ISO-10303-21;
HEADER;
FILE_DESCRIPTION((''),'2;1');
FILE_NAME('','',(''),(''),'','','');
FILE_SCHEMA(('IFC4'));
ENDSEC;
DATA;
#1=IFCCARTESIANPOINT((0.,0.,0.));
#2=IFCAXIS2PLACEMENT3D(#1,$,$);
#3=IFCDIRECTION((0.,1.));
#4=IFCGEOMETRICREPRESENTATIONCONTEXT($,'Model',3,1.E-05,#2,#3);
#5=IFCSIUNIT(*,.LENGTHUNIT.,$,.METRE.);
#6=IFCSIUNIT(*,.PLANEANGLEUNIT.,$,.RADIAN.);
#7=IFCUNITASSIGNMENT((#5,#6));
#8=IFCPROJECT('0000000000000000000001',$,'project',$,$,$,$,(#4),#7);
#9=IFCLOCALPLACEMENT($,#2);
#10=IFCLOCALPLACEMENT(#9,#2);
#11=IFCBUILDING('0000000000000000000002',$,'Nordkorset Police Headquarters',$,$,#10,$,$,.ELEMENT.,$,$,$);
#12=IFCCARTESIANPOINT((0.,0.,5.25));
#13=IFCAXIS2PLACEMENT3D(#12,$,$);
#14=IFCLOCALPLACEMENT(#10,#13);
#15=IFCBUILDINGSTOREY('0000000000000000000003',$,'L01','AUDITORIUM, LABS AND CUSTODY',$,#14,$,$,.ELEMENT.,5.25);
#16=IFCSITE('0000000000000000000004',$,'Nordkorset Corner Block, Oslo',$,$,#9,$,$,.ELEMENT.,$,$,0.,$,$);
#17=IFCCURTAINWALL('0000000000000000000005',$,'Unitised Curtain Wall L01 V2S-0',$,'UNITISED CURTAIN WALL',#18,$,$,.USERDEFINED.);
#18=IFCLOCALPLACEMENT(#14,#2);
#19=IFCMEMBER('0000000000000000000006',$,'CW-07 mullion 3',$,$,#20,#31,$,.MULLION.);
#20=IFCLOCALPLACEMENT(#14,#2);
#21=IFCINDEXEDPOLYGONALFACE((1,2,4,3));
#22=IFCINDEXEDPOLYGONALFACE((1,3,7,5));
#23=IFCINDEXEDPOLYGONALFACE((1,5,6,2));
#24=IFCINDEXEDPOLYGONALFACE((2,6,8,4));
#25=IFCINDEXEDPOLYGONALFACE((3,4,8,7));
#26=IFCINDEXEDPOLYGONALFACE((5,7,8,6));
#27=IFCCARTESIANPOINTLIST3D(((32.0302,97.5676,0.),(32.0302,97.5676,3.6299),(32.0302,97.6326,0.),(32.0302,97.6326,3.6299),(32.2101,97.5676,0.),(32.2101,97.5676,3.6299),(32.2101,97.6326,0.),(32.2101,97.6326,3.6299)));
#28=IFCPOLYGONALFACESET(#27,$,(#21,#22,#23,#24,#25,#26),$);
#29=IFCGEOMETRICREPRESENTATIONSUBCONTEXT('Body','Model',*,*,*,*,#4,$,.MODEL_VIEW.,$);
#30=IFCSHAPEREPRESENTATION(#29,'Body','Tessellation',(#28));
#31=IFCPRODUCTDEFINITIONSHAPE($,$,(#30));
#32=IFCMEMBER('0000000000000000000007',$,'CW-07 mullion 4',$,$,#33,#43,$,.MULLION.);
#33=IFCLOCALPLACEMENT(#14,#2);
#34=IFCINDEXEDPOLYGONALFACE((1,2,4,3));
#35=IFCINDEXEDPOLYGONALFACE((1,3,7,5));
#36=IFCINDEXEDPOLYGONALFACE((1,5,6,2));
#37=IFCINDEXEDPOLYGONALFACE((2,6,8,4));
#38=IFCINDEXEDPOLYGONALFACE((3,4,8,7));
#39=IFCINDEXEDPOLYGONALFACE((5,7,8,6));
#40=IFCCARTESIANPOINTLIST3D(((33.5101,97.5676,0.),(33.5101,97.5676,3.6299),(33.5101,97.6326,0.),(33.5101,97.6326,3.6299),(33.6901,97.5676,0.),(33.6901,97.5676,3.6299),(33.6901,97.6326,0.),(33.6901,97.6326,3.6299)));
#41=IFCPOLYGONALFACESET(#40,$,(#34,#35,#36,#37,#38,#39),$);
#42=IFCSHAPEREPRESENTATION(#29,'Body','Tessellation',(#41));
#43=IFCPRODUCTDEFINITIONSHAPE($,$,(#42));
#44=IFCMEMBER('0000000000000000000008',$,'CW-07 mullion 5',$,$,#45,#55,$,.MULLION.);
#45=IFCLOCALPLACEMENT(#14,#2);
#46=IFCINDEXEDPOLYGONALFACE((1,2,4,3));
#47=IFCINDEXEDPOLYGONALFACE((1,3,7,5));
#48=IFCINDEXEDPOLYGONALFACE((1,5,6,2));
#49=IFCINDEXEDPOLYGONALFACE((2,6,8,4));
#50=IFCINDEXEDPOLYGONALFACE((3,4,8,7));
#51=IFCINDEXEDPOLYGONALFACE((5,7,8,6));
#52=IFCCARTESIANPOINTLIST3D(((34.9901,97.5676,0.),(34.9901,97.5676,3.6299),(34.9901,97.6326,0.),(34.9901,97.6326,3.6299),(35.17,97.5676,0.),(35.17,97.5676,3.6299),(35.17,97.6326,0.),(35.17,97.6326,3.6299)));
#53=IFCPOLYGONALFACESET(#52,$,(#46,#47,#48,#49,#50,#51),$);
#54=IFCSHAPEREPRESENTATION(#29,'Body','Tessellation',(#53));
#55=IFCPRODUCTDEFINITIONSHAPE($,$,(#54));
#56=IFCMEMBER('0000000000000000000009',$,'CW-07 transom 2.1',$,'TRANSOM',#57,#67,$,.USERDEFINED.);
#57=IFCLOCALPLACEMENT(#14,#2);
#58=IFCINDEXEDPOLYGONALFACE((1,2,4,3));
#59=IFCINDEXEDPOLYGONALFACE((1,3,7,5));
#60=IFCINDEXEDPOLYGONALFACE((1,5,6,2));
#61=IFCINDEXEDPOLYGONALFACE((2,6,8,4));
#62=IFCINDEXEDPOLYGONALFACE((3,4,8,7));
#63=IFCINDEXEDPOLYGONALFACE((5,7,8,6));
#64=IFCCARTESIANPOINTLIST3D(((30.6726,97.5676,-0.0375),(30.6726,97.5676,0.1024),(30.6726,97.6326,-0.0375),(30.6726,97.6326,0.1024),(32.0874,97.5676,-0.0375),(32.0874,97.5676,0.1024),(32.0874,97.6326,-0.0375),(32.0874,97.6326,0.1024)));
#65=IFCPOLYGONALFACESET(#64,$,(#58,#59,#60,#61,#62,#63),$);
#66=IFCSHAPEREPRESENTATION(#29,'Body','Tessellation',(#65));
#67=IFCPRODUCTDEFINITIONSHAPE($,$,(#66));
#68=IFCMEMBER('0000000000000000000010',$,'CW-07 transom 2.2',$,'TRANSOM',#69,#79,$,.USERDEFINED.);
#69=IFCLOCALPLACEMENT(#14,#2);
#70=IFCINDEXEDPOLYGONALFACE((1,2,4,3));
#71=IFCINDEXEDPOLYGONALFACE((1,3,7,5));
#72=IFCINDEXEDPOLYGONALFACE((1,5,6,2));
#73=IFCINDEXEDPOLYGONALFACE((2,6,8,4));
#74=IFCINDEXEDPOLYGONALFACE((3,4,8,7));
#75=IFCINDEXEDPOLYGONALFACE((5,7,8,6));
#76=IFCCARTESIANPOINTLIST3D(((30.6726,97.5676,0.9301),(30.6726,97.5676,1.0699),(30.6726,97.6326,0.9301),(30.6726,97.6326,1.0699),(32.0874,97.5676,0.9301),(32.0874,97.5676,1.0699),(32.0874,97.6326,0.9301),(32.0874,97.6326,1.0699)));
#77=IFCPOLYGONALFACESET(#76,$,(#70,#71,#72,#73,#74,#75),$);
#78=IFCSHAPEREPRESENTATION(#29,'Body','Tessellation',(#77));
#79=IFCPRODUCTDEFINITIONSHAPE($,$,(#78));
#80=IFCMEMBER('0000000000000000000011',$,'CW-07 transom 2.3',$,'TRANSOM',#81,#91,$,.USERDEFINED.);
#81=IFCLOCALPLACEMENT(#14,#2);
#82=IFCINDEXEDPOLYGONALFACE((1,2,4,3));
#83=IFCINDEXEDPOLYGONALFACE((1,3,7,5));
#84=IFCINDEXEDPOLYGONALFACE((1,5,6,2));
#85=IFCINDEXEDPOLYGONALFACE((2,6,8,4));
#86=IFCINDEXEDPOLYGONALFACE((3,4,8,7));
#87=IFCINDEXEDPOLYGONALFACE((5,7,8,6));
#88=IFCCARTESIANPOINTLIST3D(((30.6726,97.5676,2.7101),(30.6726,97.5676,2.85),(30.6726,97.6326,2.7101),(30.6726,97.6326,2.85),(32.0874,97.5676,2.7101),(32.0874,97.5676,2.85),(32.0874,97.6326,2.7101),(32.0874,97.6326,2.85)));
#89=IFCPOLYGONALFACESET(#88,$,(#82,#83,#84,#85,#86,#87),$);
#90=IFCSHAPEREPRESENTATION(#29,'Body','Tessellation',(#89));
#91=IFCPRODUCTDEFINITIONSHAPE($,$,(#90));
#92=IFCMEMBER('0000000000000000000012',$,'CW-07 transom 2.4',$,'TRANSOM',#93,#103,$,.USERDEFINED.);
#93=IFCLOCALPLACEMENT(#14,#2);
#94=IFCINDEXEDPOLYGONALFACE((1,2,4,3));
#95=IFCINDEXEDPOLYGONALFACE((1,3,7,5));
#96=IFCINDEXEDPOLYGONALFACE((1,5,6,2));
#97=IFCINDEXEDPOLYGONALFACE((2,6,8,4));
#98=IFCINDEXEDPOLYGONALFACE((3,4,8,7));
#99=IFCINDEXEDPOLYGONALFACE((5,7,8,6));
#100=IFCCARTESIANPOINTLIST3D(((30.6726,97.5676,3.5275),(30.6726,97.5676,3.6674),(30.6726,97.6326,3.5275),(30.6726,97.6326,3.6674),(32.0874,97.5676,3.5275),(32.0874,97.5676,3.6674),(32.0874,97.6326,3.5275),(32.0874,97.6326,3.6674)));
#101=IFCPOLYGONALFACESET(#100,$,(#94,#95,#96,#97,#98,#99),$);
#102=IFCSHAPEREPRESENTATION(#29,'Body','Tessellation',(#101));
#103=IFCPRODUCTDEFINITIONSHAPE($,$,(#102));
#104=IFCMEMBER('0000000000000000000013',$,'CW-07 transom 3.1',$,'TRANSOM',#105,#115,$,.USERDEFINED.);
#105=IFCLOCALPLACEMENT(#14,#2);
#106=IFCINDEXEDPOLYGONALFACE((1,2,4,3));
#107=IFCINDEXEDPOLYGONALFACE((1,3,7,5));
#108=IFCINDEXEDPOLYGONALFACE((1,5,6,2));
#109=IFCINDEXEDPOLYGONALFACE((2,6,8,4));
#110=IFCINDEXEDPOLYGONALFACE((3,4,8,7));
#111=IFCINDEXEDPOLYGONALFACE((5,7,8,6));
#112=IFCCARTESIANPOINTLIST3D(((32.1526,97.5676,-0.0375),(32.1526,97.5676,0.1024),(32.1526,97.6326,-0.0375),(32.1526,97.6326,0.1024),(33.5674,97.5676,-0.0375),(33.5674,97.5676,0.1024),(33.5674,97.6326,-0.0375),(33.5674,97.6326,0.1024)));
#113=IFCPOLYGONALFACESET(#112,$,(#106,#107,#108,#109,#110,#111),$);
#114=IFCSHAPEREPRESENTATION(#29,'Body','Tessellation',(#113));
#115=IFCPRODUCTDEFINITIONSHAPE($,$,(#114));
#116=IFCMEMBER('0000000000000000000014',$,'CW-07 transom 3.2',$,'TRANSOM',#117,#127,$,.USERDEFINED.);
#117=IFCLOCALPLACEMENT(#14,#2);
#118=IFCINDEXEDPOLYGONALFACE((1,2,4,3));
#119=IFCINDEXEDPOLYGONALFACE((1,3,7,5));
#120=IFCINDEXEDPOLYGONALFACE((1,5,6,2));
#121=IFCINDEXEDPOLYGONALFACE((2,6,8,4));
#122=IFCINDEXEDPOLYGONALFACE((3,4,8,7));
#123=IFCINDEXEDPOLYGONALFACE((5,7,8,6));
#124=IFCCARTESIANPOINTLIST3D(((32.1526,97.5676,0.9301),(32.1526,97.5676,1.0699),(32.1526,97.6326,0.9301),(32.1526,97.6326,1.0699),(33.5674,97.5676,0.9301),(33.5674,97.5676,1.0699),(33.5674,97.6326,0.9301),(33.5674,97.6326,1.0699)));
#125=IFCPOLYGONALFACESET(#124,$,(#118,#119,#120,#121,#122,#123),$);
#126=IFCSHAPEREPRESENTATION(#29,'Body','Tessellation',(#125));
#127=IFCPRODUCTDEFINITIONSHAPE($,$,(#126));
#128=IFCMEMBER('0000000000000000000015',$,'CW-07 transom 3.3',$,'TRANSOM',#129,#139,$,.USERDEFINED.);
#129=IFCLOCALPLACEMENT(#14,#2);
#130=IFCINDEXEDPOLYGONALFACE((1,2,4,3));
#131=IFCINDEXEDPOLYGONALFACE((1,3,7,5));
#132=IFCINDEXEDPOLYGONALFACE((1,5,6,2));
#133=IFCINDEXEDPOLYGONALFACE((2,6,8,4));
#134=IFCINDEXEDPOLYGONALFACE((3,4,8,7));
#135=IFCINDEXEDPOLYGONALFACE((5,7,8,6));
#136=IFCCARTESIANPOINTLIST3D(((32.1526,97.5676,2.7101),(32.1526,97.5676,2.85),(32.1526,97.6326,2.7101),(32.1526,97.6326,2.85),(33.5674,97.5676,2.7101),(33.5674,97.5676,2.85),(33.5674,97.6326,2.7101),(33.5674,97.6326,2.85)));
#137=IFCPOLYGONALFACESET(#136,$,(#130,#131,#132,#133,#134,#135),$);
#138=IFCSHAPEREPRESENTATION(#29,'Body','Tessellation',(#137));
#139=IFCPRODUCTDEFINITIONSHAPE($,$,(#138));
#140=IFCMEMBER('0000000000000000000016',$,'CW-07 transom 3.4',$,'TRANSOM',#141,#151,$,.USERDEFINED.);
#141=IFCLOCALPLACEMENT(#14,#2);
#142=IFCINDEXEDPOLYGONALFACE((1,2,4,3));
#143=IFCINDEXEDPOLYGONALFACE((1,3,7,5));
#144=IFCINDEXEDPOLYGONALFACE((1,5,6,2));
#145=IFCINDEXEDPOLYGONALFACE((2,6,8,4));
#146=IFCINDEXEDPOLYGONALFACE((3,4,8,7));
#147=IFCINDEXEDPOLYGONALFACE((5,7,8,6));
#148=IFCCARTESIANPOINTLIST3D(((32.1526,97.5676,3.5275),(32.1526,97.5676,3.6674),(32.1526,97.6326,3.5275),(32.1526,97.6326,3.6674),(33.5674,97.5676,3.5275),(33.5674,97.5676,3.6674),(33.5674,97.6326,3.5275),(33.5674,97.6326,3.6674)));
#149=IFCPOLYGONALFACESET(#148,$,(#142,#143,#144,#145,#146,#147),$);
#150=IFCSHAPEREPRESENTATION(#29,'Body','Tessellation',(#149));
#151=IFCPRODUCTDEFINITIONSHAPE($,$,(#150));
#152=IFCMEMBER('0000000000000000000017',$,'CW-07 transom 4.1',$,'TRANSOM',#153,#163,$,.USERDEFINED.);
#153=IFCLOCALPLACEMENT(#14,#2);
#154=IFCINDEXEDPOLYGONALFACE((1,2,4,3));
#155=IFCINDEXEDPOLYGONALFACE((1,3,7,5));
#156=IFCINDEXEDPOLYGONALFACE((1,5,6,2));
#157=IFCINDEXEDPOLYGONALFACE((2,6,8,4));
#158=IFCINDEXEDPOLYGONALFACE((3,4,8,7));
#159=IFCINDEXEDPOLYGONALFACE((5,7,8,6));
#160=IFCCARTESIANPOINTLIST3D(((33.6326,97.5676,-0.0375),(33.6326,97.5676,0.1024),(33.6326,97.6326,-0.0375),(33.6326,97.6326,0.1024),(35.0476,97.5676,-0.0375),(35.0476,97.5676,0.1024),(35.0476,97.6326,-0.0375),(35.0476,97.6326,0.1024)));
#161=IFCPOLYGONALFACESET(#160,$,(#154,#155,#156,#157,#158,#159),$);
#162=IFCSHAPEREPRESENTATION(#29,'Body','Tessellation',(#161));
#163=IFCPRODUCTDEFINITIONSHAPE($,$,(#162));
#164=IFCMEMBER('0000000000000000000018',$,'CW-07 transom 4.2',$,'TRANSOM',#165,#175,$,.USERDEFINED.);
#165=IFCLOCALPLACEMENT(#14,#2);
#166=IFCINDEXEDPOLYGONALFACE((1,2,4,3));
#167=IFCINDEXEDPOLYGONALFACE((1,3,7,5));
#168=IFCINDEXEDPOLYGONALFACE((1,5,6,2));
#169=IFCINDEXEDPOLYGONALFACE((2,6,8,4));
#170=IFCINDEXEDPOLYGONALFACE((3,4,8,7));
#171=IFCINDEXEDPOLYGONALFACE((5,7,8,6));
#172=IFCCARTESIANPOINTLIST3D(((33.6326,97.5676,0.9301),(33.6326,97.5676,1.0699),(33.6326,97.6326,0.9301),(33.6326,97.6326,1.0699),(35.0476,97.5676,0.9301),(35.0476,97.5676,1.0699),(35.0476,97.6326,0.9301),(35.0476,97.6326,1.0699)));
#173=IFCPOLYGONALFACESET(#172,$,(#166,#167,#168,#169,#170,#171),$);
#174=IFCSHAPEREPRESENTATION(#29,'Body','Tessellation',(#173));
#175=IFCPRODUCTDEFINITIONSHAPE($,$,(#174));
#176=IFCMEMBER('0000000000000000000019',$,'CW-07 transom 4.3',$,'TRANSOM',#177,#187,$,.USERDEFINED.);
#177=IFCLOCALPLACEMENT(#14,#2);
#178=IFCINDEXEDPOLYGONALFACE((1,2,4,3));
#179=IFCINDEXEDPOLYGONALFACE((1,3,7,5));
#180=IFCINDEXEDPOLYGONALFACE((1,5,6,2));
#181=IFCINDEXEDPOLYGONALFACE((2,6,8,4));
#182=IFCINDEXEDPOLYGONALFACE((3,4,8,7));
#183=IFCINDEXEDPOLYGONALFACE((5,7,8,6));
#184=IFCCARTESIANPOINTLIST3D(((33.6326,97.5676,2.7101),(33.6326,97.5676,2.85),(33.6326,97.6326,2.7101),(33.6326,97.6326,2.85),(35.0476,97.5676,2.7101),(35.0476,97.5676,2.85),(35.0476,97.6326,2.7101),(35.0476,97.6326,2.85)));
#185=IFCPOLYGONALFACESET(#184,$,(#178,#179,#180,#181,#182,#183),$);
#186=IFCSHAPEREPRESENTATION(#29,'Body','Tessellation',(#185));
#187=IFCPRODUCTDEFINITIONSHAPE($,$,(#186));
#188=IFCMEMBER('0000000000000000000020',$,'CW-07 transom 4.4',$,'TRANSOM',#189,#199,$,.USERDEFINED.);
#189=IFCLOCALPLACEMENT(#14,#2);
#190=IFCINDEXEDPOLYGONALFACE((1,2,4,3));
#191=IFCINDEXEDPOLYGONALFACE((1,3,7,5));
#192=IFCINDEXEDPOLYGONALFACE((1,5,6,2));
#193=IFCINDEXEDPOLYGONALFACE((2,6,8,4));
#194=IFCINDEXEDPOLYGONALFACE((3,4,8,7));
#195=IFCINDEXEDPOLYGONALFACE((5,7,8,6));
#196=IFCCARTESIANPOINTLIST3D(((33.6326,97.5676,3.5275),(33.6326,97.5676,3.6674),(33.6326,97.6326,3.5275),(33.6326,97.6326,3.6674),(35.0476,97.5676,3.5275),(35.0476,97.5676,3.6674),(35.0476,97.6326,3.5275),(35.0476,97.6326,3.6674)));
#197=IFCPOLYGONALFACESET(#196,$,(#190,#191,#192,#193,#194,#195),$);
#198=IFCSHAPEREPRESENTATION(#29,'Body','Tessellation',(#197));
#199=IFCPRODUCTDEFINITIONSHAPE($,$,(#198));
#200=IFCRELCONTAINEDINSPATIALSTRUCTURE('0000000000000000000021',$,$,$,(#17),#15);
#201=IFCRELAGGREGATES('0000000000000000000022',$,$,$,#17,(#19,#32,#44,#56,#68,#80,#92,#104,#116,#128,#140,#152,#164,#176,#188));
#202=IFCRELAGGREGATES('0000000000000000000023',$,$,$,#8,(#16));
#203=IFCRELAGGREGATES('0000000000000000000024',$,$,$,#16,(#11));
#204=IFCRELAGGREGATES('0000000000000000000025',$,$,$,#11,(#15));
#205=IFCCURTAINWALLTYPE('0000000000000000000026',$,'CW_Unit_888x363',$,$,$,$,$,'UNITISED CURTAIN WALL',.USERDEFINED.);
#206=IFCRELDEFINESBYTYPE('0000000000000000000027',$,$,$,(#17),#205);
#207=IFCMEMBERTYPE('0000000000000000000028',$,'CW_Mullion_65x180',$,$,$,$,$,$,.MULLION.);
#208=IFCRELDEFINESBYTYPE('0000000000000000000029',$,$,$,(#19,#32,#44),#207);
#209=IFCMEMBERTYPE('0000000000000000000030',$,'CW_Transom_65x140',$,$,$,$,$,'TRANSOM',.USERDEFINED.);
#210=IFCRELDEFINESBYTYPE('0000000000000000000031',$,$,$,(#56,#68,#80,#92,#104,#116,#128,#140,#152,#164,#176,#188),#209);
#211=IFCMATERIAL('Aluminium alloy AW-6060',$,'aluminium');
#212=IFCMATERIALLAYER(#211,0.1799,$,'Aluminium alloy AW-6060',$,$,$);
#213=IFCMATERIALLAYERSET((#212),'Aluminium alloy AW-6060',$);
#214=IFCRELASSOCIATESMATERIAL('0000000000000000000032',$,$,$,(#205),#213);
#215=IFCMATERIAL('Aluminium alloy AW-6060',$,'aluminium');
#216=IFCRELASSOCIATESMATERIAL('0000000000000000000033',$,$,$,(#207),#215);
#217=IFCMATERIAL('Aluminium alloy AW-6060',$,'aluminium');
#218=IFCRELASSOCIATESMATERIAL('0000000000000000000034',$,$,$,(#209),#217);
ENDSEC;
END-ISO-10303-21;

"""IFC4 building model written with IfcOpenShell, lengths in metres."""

from ifc_helpers import new_model, si_unit, direction, frame, origin, origin_2d, place, context, subcontext, project, spatial, rectangle, extrude, material, layer, layer_set, material_profile, profile_set, type_object, element, aggregate, save


model = new_model("IFC4")

# Units and contexts
model_context = context("Model", 3, precision=1e-05, world=origin(), true_north=direction((0.0, 1.0)))
body_context = subcontext(model_context, "Body", "Model", "MODEL_VIEW")
ifc_project = project(units=[si_unit("LENGTHUNIT", "METRE"), si_unit("PLANEANGLEUNIT", "RADIAN")], contexts=[model_context])

# Site, building, storey
site_placement = place(None, origin())
site = spatial("IfcSite", under=ifc_project, at=site_placement, Name="Nordkorset Corner Block, Oslo", CompositionType="ELEMENT", RefElevation=0.0)
building_placement = place(site_placement, origin())
building = spatial("IfcBuilding", under=site, at=building_placement, Name="Nordkorset Police Headquarters", CompositionType="ELEMENT")
storey_placement = place(building_placement, frame((0.0, 0.0, 5.25)))
storey = spatial("IfcBuildingStorey", under=building, at=storey_placement, Name="L01", Description="AUDITORIUM, LABS AND CUSTODY", CompositionType="ELEMENT", Elevation=5.25)

# Curtain wall, members
ifc_material_1 = material(Name="Aluminium alloy AW-6060", Category="aluminium")
ifc_layer_1 = layer(ifc_material_1, 0.1799, Name="Aluminium alloy AW-6060")
ifc_layer_set_1 = layer_set([ifc_layer_1], Name="Aluminium alloy AW-6060")
curtain_wall_type = type_object("IfcCurtainWallType", Name="CW_Unit_888x363", ElementType="UNITISED CURTAIN WALL", PredefinedType="USERDEFINED", material=ifc_layer_set_1)
curtain_wall_placement = place(storey_placement, origin())
curtain_wall = element("IfcCurtainWall", 1, at=curtain_wall_placement, inside=storey, type_object=curtain_wall_type, Name="Unitised Curtain Wall L01 V2S-0", ObjectType="UNITISED CURTAIN WALL", PredefinedType="USERDEFINED")
ifc_material_2 = material(Name="Aluminium alloy AW-6060", Category="aluminium")
ifc_material_profile_1 = material_profile(ifc_material_2, rectangle(XDim=0.0649, YDim=0.1799, at=origin_2d()), Name="ALU MULL 65x180")
ifc_profile_set_1 = profile_set([ifc_material_profile_1], Name="Aluminium alloy AW-6060")
member_type_1 = type_object("IfcMemberType", Name="CW_Mullion_65x180", PredefinedType="MULLION", material=ifc_profile_set_1)
member_1_placement = place(storey_placement, frame((32.1201, 97.6001, 0.0), z_axis=(0.0, 0.0, 1.0), x_axis=(0.0, 1.0, 0.0)))
member_1 = element("IfcMember", 2, at=member_1_placement, type_object=member_type_1, Name="CW-07 mullion 3", PredefinedType="MULLION", context=body_context, shape_type="SweptSolid", body=[
    extrude(rectangle(XDim=0.0649, YDim=0.1799, at=origin_2d()), origin(), (0.0, 0.0, 1.0), 3.6299),
])
member_2_placement = place(storey_placement, frame((33.6001, 97.6001, 0.0), z_axis=(0.0, 0.0, 1.0), x_axis=(0.0, 1.0, 0.0)))
member_2 = element("IfcMember", 3, at=member_2_placement, type_object=member_type_1, Name="CW-07 mullion 4", PredefinedType="MULLION", context=body_context, shape_type="SweptSolid", body=[
    extrude(rectangle(XDim=0.0649, YDim=0.1799, at=origin_2d()), origin(), (0.0, 0.0, 1.0), 3.6299),
])
member_3_placement = place(storey_placement, frame((35.0801, 97.6001, 0.0), z_axis=(0.0, 0.0, 1.0), x_axis=(0.0, 1.0, 0.0)))
member_3 = element("IfcMember", 4, at=member_3_placement, type_object=member_type_1, Name="CW-07 mullion 5", PredefinedType="MULLION", context=body_context, shape_type="SweptSolid", body=[
    extrude(rectangle(XDim=0.0649, YDim=0.1799, at=origin_2d()), origin(), (0.0, 0.0, 1.0), 3.6299),
])
ifc_material_3 = material(Name="Aluminium alloy AW-6060", Category="aluminium")
ifc_material_profile_2 = material_profile(ifc_material_3, rectangle(XDim=0.0649, YDim=0.1399, at=origin_2d()), Name="ALU TRAN 65x140")
ifc_profile_set_2 = profile_set([ifc_material_profile_2], Name="Aluminium alloy AW-6060")
member_type_2 = type_object("IfcMemberType", Name="CW_Transom_65x140", ElementType="TRANSOM", PredefinedType="USERDEFINED", material=ifc_profile_set_2)
member_4_placement = place(storey_placement, frame((30.6726, 97.6001, 0.0325), z_axis=(1.0, 0.0, 0.0), x_axis=(0.0, 1.0, 0.0)))
member_4 = element("IfcMember", 5, at=member_4_placement, type_object=member_type_2, Name="CW-07 transom 2.1", ObjectType="TRANSOM", PredefinedType="USERDEFINED", context=body_context, shape_type="SweptSolid", body=[
    extrude(rectangle(XDim=0.0649, YDim=0.1399, at=origin_2d()), origin(), (0.0, 0.0, 1.0), 1.4148),
])
member_5_placement = place(storey_placement, frame((30.6726, 97.6001, 1.0), z_axis=(1.0, 0.0, 0.0), x_axis=(0.0, 1.0, 0.0)))
member_5 = element("IfcMember", 6, at=member_5_placement, type_object=member_type_2, Name="CW-07 transom 2.2", ObjectType="TRANSOM", PredefinedType="USERDEFINED", context=body_context, shape_type="SweptSolid", body=[
    extrude(rectangle(XDim=0.0649, YDim=0.1399, at=origin_2d()), origin(), (0.0, 0.0, 1.0), 1.4148),
])
member_6_placement = place(storey_placement, frame((30.6726, 97.6001, 2.78), z_axis=(1.0, 0.0, 0.0), x_axis=(0.0, 1.0, 0.0)))
member_6 = element("IfcMember", 7, at=member_6_placement, type_object=member_type_2, Name="CW-07 transom 2.3", ObjectType="TRANSOM", PredefinedType="USERDEFINED", context=body_context, shape_type="SweptSolid", body=[
    extrude(rectangle(XDim=0.0649, YDim=0.1399, at=origin_2d()), origin(), (0.0, 0.0, 1.0), 1.4148),
])
member_7_placement = place(storey_placement, frame((30.6726, 97.6001, 3.5974), z_axis=(1.0, 0.0, 0.0), x_axis=(0.0, 1.0, 0.0)))
member_7 = element("IfcMember", 8, at=member_7_placement, type_object=member_type_2, Name="CW-07 transom 2.4", ObjectType="TRANSOM", PredefinedType="USERDEFINED", context=body_context, shape_type="SweptSolid", body=[
    extrude(rectangle(XDim=0.0649, YDim=0.1399, at=origin_2d()), origin(), (0.0, 0.0, 1.0), 1.4148),
])
member_8_placement = place(storey_placement, frame((32.1526, 97.6001, 0.0325), z_axis=(1.0, 0.0, 0.0), x_axis=(0.0, 1.0, 0.0)))
member_8 = element("IfcMember", 9, at=member_8_placement, type_object=member_type_2, Name="CW-07 transom 3.1", ObjectType="TRANSOM", PredefinedType="USERDEFINED", context=body_context, shape_type="SweptSolid", body=[
    extrude(rectangle(XDim=0.0649, YDim=0.1399, at=origin_2d()), origin(), (0.0, 0.0, 1.0), 1.4148),
])
member_9_placement = place(storey_placement, frame((32.1526, 97.6001, 1.0), z_axis=(1.0, 0.0, 0.0), x_axis=(0.0, 1.0, 0.0)))
member_9 = element("IfcMember", 10, at=member_9_placement, type_object=member_type_2, Name="CW-07 transom 3.2", ObjectType="TRANSOM", PredefinedType="USERDEFINED", context=body_context, shape_type="SweptSolid", body=[
    extrude(rectangle(XDim=0.0649, YDim=0.1399, at=origin_2d()), origin(), (0.0, 0.0, 1.0), 1.4148),
])
member_10_placement = place(storey_placement, frame((32.1526, 97.6001, 2.78), z_axis=(1.0, 0.0, 0.0), x_axis=(0.0, 1.0, 0.0)))
member_10 = element("IfcMember", 11, at=member_10_placement, type_object=member_type_2, Name="CW-07 transom 3.3", ObjectType="TRANSOM", PredefinedType="USERDEFINED", context=body_context, shape_type="SweptSolid", body=[
    extrude(rectangle(XDim=0.0649, YDim=0.1399, at=origin_2d()), origin(), (0.0, 0.0, 1.0), 1.4148),
])
member_11_placement = place(storey_placement, frame((32.1526, 97.6001, 3.5974), z_axis=(1.0, 0.0, 0.0), x_axis=(0.0, 1.0, 0.0)))
member_11 = element("IfcMember", 12, at=member_11_placement, type_object=member_type_2, Name="CW-07 transom 3.4", ObjectType="TRANSOM", PredefinedType="USERDEFINED", context=body_context, shape_type="SweptSolid", body=[
    extrude(rectangle(XDim=0.0649, YDim=0.1399, at=origin_2d()), origin(), (0.0, 0.0, 1.0), 1.4148),
])
member_12_placement = place(storey_placement, frame((33.6326, 97.6001, 0.0325), z_axis=(1.0, 0.0, 0.0), x_axis=(0.0, 1.0, 0.0)))
member_12 = element("IfcMember", 13, at=member_12_placement, type_object=member_type_2, Name="CW-07 transom 4.1", ObjectType="TRANSOM", PredefinedType="USERDEFINED", context=body_context, shape_type="SweptSolid", body=[
    extrude(rectangle(XDim=0.0649, YDim=0.1399, at=origin_2d()), origin(), (0.0, 0.0, 1.0), 1.415),
])
member_13_placement = place(storey_placement, frame((33.6326, 97.6001, 1.0), z_axis=(1.0, 0.0, 0.0), x_axis=(0.0, 1.0, 0.0)))
member_13 = element("IfcMember", 14, at=member_13_placement, type_object=member_type_2, Name="CW-07 transom 4.2", ObjectType="TRANSOM", PredefinedType="USERDEFINED", context=body_context, shape_type="SweptSolid", body=[
    extrude(rectangle(XDim=0.0649, YDim=0.1399, at=origin_2d()), origin(), (0.0, 0.0, 1.0), 1.415),
])
member_14_placement = place(storey_placement, frame((33.6326, 97.6001, 2.78), z_axis=(1.0, 0.0, 0.0), x_axis=(0.0, 1.0, 0.0)))
member_14 = element("IfcMember", 15, at=member_14_placement, type_object=member_type_2, Name="CW-07 transom 4.3", ObjectType="TRANSOM", PredefinedType="USERDEFINED", context=body_context, shape_type="SweptSolid", body=[
    extrude(rectangle(XDim=0.0649, YDim=0.1399, at=origin_2d()), origin(), (0.0, 0.0, 1.0), 1.415),
])
member_15_placement = place(storey_placement, frame((33.6326, 97.6001, 3.5974), z_axis=(1.0, 0.0, 0.0), x_axis=(0.0, 1.0, 0.0)))
member_15 = element("IfcMember", 16, at=member_15_placement, type_object=member_type_2, Name="CW-07 transom 4.4", ObjectType="TRANSOM", PredefinedType="USERDEFINED", context=body_context, shape_type="SweptSolid", body=[
    extrude(rectangle(XDim=0.0649, YDim=0.1399, at=origin_2d()), origin(), (0.0, 0.0, 1.0), 1.415),
])
aggregate(curtain_wall, [member_1, member_2, member_3, member_4, member_5, member_6, member_7, member_8, member_9, member_10, member_11, member_12, member_13, member_14, member_15])

save(model, "model.ifc")
